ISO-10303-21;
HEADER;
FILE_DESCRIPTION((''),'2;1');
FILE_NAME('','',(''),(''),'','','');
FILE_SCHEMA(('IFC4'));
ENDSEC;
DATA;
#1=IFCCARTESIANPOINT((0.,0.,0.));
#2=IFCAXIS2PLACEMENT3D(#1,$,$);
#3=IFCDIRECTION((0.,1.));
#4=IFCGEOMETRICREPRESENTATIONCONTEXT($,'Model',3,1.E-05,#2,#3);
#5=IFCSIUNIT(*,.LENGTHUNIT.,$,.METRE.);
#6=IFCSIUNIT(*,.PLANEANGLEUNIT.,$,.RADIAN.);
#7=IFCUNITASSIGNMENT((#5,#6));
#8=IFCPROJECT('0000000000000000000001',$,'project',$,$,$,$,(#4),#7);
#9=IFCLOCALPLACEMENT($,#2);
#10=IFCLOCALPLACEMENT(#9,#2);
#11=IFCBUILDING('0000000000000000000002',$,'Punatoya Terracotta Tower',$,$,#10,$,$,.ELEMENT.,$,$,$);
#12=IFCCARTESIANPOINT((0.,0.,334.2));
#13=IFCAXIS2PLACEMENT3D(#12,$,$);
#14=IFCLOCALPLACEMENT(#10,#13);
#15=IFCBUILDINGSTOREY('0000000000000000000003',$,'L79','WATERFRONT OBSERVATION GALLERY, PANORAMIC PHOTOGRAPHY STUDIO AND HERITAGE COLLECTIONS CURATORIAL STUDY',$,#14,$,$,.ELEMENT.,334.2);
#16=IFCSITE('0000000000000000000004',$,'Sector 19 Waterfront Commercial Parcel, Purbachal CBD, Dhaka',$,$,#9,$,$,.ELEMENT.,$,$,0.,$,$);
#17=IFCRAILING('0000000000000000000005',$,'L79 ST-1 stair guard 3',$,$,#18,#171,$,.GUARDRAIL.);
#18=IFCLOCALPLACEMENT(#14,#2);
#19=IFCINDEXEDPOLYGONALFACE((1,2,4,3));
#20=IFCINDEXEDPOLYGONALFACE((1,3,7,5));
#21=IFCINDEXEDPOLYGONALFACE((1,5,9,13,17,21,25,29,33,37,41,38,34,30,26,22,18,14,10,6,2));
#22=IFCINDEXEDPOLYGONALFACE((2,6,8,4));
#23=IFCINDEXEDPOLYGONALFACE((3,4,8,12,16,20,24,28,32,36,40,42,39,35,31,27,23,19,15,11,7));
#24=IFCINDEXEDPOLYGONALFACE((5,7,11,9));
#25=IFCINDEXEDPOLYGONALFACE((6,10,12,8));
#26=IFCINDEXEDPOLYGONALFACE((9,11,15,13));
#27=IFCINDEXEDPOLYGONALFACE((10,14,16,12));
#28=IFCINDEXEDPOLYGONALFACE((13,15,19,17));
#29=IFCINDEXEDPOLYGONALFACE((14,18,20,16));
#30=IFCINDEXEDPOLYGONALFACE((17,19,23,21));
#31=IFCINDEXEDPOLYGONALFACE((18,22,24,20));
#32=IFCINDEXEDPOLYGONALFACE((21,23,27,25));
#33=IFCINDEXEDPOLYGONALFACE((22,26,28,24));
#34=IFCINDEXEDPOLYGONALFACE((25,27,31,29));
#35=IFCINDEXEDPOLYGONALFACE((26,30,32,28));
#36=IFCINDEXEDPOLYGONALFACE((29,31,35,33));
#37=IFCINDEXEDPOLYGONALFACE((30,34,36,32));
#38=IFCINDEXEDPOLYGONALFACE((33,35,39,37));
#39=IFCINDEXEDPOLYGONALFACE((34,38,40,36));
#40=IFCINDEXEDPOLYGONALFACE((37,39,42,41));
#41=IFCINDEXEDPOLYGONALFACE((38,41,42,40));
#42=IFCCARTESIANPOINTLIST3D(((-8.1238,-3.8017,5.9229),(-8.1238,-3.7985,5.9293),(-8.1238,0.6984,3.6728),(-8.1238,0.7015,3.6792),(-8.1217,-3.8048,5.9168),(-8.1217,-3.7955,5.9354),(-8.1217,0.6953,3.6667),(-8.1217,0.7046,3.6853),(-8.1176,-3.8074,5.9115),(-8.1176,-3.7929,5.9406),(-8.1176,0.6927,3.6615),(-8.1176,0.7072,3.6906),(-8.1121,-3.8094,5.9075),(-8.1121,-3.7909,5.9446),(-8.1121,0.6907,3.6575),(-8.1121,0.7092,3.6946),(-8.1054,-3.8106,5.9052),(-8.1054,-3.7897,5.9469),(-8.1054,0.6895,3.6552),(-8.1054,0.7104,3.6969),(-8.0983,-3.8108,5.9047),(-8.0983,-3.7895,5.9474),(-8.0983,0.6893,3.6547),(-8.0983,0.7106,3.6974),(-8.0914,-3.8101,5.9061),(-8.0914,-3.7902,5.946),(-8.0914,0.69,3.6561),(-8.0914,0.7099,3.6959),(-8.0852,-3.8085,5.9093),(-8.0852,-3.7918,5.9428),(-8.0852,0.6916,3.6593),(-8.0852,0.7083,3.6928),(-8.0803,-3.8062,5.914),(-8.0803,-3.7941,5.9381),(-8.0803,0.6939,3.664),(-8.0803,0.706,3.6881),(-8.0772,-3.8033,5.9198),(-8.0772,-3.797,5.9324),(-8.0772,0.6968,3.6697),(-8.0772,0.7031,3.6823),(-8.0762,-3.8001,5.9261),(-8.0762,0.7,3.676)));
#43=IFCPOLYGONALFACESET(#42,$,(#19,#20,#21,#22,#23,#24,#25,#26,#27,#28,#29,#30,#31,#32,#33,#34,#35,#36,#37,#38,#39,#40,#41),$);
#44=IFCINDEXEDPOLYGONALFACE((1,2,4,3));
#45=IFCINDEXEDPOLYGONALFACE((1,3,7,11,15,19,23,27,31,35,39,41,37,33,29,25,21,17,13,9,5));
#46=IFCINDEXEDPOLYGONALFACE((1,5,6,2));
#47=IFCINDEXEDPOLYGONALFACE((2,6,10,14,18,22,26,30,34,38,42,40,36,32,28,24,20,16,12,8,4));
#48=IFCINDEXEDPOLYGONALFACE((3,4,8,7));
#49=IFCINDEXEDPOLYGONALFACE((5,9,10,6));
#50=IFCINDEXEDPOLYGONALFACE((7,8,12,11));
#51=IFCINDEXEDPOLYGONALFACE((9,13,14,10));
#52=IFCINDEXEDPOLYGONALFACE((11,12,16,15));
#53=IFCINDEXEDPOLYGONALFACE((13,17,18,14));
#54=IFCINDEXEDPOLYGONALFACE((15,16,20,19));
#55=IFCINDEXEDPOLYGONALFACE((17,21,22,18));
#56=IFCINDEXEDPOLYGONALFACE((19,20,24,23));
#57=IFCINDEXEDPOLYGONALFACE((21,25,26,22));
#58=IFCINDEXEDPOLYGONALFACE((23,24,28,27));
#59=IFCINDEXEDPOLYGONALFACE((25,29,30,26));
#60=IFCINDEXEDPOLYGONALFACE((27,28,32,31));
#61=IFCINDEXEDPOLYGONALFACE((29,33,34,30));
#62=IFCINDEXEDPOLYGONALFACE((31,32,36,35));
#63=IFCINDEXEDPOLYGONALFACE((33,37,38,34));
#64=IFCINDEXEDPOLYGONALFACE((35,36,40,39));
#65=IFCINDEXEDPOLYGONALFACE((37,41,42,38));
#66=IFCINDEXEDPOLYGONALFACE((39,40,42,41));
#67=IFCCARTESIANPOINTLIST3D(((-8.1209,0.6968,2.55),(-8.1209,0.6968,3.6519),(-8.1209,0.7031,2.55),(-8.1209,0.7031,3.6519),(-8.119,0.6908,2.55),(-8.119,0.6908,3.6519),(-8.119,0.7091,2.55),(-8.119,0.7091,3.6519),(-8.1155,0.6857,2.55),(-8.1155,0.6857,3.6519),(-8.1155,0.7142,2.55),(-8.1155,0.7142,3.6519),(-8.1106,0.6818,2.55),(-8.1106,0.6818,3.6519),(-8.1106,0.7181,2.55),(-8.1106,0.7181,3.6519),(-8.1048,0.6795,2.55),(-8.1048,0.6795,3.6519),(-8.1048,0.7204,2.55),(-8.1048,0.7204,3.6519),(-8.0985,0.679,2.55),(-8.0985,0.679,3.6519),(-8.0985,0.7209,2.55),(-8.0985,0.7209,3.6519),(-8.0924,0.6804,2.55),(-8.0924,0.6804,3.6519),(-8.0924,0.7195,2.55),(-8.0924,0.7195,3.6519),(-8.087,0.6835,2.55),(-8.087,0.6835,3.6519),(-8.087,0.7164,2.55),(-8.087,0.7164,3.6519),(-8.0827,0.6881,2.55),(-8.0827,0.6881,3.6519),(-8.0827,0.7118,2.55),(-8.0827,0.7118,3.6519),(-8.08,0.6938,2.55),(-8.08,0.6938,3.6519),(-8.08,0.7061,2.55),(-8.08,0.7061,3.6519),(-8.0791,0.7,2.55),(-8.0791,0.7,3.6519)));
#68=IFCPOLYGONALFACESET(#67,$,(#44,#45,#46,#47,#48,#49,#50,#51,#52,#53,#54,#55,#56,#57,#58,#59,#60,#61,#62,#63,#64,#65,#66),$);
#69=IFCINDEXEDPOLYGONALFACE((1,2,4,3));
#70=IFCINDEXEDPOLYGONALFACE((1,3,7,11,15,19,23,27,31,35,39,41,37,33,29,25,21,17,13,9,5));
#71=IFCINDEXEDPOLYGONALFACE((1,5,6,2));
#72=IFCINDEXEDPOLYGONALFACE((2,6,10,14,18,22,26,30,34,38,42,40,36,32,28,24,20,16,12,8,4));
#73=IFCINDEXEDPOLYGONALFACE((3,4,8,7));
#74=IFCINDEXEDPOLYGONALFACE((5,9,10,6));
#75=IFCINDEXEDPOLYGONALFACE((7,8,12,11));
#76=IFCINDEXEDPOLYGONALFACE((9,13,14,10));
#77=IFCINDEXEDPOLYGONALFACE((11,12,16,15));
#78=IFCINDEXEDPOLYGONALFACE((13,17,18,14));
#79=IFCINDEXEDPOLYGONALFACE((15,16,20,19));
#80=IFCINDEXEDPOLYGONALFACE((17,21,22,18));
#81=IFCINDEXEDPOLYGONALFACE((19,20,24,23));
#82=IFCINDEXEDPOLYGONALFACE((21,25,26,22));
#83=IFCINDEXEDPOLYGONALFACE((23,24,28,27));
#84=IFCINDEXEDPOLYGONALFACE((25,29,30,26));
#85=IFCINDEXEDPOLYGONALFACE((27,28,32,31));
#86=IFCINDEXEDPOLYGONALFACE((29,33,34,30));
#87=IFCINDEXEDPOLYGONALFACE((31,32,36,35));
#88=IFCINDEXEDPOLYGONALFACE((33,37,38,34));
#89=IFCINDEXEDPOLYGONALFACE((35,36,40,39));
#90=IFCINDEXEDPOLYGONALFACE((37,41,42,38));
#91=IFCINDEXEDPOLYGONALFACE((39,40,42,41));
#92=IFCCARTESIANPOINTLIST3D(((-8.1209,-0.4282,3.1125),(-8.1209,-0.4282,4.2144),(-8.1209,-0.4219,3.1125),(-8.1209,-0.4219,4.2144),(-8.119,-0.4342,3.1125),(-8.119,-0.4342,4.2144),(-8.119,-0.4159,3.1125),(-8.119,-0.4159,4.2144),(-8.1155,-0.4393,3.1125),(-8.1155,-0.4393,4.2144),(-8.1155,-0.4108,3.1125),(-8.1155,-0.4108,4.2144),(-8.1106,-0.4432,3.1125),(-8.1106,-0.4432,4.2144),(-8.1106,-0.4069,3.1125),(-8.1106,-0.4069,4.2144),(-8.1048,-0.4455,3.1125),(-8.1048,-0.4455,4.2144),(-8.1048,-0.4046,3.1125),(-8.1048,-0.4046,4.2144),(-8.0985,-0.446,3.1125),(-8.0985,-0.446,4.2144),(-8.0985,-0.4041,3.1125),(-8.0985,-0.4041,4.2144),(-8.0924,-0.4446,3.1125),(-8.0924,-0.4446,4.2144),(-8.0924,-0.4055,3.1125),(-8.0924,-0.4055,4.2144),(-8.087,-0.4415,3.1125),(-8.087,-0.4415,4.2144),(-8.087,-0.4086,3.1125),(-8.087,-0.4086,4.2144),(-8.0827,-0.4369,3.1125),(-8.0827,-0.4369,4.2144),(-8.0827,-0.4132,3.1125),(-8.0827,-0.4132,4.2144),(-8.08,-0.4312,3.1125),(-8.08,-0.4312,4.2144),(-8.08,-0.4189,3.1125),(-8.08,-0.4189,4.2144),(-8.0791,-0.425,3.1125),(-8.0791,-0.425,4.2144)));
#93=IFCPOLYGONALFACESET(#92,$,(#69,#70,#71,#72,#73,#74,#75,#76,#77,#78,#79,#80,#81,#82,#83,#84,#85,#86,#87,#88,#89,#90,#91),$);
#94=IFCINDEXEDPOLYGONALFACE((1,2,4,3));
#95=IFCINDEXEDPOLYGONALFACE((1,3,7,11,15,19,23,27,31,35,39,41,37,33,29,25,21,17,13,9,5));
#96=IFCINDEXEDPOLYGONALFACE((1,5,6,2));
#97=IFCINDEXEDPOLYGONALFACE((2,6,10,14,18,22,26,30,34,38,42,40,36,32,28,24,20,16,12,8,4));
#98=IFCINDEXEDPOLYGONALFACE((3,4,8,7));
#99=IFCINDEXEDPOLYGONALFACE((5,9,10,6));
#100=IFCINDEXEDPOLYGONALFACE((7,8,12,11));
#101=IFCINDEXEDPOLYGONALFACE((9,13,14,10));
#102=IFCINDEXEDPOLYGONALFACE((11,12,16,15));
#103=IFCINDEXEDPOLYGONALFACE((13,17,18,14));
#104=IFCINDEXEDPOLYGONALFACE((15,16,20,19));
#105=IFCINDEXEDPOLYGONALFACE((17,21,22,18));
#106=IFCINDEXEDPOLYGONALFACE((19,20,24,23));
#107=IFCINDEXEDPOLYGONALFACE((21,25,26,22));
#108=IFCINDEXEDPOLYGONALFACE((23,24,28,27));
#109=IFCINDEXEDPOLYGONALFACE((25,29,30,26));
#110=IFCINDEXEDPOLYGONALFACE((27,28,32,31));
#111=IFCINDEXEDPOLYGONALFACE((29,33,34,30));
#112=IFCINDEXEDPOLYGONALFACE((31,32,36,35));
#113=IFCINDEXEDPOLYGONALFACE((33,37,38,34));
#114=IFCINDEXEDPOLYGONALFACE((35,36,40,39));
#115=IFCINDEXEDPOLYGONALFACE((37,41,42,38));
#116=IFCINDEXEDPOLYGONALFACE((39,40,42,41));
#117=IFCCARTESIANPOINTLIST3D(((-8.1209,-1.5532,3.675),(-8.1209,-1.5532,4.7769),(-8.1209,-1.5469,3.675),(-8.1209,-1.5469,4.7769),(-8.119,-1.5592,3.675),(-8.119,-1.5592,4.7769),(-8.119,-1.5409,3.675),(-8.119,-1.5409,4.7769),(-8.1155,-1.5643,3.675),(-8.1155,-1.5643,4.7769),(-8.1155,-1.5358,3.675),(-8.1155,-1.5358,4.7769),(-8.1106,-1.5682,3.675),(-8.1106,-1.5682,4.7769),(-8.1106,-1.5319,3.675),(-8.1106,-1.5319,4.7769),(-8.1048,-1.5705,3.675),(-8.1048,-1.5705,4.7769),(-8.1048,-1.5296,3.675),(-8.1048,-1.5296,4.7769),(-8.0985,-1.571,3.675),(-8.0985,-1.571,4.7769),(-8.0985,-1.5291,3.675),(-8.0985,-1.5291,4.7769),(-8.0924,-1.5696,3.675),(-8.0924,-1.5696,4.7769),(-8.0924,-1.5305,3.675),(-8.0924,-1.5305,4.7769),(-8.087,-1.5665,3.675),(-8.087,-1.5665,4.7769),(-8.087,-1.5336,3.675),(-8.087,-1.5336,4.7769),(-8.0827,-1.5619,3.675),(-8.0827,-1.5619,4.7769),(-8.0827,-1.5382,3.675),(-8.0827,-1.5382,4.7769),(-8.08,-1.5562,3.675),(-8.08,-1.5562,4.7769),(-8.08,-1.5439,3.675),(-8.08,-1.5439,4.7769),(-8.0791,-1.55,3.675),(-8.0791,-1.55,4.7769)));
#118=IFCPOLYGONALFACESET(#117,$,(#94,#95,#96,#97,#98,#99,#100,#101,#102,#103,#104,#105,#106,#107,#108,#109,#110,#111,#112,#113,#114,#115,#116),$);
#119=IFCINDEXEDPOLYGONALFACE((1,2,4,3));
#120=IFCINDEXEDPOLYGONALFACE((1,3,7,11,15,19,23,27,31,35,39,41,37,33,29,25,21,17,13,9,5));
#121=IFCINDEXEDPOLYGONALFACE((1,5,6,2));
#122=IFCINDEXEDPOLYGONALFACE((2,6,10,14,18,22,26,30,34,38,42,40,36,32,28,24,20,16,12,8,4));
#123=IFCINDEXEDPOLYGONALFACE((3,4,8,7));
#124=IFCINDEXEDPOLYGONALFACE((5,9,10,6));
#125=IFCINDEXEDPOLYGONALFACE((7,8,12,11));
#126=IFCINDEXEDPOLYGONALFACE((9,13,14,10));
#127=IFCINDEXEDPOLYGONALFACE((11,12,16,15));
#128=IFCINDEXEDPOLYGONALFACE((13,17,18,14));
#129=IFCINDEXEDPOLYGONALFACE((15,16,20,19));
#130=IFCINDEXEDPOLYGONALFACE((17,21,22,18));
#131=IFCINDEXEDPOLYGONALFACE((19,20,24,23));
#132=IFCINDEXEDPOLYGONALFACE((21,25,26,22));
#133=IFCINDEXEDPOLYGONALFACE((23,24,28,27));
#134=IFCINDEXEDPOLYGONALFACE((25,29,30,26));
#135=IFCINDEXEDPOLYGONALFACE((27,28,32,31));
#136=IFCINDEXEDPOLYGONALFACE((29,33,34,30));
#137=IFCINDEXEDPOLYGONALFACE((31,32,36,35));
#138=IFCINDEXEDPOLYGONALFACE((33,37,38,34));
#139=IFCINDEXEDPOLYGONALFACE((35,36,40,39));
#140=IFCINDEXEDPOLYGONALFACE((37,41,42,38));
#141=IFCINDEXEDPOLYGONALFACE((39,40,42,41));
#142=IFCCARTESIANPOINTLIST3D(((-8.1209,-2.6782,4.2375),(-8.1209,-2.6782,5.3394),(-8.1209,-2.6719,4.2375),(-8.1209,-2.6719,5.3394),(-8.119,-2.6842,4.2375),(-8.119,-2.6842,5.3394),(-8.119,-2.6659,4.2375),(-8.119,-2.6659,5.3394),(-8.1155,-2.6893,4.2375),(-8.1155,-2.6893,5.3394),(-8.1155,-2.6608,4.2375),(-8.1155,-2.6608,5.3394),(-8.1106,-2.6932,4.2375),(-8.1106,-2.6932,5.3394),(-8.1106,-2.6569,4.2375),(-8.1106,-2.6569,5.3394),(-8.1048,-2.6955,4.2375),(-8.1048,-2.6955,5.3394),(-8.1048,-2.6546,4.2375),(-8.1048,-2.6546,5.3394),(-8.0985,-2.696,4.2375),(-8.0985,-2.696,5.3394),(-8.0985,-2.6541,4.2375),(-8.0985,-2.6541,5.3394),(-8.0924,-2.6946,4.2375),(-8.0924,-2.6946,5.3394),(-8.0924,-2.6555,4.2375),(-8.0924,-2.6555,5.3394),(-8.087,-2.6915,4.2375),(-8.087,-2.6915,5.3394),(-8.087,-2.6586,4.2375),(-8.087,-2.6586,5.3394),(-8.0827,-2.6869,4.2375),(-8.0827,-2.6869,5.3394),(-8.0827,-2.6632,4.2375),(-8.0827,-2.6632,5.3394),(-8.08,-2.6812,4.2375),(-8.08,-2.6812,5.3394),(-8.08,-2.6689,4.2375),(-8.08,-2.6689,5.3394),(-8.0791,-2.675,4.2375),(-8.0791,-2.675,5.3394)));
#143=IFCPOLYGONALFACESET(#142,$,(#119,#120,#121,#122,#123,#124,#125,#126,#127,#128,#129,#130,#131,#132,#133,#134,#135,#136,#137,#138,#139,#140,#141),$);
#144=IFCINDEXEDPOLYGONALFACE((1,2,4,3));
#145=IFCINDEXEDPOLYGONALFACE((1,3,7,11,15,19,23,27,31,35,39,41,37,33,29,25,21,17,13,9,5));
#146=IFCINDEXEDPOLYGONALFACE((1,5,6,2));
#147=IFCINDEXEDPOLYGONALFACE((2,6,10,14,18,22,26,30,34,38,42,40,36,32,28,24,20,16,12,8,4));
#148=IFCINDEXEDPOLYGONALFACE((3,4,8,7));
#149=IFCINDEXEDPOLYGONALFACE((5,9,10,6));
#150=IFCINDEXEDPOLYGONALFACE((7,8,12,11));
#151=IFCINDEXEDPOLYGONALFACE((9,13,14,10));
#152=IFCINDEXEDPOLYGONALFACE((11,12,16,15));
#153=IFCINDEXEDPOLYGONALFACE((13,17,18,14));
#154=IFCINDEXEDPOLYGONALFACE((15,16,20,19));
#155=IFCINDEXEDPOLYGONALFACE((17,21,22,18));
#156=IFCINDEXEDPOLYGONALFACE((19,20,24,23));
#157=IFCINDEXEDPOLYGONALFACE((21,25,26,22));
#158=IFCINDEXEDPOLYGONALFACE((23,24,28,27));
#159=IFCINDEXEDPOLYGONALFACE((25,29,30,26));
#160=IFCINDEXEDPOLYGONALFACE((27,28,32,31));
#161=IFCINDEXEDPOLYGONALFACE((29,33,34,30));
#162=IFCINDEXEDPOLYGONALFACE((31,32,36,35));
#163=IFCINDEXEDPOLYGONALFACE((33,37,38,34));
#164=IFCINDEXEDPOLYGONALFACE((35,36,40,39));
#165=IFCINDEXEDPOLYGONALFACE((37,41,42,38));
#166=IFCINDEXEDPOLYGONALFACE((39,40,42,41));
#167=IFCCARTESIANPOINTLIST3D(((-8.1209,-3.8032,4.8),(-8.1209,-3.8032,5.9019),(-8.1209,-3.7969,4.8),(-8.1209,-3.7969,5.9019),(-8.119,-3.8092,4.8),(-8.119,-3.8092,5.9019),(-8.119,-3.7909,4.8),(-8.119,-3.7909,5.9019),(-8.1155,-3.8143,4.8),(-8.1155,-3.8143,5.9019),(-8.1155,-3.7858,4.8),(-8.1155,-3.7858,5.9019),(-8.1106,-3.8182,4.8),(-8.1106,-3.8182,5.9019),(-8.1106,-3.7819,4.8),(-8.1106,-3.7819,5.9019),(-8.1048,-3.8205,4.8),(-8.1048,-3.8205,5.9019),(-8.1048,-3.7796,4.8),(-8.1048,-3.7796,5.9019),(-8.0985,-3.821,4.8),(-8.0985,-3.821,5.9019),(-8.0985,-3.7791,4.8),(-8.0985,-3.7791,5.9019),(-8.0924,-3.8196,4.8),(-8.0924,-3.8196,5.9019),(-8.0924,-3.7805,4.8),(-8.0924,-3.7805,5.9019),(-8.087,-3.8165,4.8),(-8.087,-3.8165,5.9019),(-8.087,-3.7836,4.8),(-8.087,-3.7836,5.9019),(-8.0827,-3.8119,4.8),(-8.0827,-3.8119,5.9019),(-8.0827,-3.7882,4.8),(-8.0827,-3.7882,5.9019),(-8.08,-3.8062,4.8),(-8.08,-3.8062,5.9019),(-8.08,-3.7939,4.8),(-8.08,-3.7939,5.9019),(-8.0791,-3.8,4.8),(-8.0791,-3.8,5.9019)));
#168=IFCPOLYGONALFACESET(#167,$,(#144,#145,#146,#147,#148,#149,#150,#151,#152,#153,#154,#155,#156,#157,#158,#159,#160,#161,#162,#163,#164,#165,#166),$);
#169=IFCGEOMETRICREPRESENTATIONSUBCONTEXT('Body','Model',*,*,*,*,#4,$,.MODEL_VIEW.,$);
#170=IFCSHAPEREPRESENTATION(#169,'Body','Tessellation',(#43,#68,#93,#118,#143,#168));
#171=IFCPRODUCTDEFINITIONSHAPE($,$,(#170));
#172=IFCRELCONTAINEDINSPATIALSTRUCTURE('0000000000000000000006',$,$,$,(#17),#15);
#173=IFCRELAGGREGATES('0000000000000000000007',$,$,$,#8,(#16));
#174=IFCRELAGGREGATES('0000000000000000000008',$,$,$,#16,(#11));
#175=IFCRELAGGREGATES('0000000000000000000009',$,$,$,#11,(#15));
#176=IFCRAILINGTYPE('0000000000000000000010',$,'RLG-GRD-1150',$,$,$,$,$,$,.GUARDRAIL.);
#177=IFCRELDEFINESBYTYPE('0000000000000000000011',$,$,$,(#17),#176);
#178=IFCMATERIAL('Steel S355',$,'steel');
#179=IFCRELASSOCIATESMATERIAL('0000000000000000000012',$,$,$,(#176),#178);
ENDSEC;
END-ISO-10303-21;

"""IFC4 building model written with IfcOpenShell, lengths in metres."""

from ifc_helpers import new_model, si_unit, direction, frame, origin, origin_2d, place, context, subcontext, project, spatial, circle, extrude, material, type_object, element, save


model = new_model("IFC4")

# Units and contexts
model_context = context("Model", 3, precision=1e-05, world=origin(), true_north=direction((0.0, 1.0)))
body_context = subcontext(model_context, "Body", "Model", "MODEL_VIEW")
ifc_project = project(units=[si_unit("LENGTHUNIT", "METRE"), si_unit("PLANEANGLEUNIT", "RADIAN")], contexts=[model_context])

# Site, building, storey
site_placement = place(None, origin())
site = spatial("IfcSite", under=ifc_project, at=site_placement, Name="Sector 19 Waterfront Commercial Parcel, Purbachal CBD, Dhaka", CompositionType="ELEMENT", RefElevation=0.0)
building_placement = place(site_placement, origin())
building = spatial("IfcBuilding", under=site, at=building_placement, Name="Punatoya Terracotta Tower", CompositionType="ELEMENT")
storey_placement = place(building_placement, frame((0.0, 0.0, 334.2)))
storey = spatial("IfcBuildingStorey", under=building, at=storey_placement, Name="L79", Description="WATERFRONT OBSERVATION GALLERY, PANORAMIC PHOTOGRAPHY STUDIO AND HERITAGE COLLECTIONS CURATORIAL STUDY", CompositionType="ELEMENT", Elevation=334.2)

# Shared definitions
ifc_material_1 = material(Name="Steel S355", Category="steel")

# Railing
railing_type_1 = type_object("IfcRailingType", Name="RLG-GRD-1150", PredefinedType="GUARDRAIL", material=ifc_material_1)
railing_1_placement = place(storey_placement, frame((-8.1001, 0.7, 2.55)))
element("IfcRailing", 1, at=railing_1_placement, inside=storey, type_object=railing_type_1, Name="L79 ST-1 stair guard 3", PredefinedType="GUARDRAIL", context=body_context, shape_type="SweptSolid", body=[
    extrude(circle(Radius=0.0239, at=origin_2d()), frame((0.0, 0.0, 1.126), z_axis=(0.0, -0.894427, 0.447214), x_axis=(1.0, 0.0, 0.0)), (0.0, 0.0, 1.0), 5.0312),
    extrude(circle(Radius=0.021, at=origin_2d()), origin(), (0.0, 0.0, 1.0), 1.1018),
    extrude(circle(Radius=0.021, at=origin_2d()), frame((0.0, -1.125, 0.5625)), (0.0, 0.0, 1.0), 1.1018),
    extrude(circle(Radius=0.021, at=origin_2d()), frame((0.0, -2.25, 1.125)), (0.0, 0.0, 1.0), 1.1018),
    extrude(circle(Radius=0.021, at=origin_2d()), frame((0.0, -3.375, 1.6875)), (0.0, 0.0, 1.0), 1.1018),
    extrude(circle(Radius=0.021, at=origin_2d()), frame((0.0, -4.5, 2.25)), (0.0, 0.0, 1.0), 1.1018),
])

save(model, "model.ifc")
